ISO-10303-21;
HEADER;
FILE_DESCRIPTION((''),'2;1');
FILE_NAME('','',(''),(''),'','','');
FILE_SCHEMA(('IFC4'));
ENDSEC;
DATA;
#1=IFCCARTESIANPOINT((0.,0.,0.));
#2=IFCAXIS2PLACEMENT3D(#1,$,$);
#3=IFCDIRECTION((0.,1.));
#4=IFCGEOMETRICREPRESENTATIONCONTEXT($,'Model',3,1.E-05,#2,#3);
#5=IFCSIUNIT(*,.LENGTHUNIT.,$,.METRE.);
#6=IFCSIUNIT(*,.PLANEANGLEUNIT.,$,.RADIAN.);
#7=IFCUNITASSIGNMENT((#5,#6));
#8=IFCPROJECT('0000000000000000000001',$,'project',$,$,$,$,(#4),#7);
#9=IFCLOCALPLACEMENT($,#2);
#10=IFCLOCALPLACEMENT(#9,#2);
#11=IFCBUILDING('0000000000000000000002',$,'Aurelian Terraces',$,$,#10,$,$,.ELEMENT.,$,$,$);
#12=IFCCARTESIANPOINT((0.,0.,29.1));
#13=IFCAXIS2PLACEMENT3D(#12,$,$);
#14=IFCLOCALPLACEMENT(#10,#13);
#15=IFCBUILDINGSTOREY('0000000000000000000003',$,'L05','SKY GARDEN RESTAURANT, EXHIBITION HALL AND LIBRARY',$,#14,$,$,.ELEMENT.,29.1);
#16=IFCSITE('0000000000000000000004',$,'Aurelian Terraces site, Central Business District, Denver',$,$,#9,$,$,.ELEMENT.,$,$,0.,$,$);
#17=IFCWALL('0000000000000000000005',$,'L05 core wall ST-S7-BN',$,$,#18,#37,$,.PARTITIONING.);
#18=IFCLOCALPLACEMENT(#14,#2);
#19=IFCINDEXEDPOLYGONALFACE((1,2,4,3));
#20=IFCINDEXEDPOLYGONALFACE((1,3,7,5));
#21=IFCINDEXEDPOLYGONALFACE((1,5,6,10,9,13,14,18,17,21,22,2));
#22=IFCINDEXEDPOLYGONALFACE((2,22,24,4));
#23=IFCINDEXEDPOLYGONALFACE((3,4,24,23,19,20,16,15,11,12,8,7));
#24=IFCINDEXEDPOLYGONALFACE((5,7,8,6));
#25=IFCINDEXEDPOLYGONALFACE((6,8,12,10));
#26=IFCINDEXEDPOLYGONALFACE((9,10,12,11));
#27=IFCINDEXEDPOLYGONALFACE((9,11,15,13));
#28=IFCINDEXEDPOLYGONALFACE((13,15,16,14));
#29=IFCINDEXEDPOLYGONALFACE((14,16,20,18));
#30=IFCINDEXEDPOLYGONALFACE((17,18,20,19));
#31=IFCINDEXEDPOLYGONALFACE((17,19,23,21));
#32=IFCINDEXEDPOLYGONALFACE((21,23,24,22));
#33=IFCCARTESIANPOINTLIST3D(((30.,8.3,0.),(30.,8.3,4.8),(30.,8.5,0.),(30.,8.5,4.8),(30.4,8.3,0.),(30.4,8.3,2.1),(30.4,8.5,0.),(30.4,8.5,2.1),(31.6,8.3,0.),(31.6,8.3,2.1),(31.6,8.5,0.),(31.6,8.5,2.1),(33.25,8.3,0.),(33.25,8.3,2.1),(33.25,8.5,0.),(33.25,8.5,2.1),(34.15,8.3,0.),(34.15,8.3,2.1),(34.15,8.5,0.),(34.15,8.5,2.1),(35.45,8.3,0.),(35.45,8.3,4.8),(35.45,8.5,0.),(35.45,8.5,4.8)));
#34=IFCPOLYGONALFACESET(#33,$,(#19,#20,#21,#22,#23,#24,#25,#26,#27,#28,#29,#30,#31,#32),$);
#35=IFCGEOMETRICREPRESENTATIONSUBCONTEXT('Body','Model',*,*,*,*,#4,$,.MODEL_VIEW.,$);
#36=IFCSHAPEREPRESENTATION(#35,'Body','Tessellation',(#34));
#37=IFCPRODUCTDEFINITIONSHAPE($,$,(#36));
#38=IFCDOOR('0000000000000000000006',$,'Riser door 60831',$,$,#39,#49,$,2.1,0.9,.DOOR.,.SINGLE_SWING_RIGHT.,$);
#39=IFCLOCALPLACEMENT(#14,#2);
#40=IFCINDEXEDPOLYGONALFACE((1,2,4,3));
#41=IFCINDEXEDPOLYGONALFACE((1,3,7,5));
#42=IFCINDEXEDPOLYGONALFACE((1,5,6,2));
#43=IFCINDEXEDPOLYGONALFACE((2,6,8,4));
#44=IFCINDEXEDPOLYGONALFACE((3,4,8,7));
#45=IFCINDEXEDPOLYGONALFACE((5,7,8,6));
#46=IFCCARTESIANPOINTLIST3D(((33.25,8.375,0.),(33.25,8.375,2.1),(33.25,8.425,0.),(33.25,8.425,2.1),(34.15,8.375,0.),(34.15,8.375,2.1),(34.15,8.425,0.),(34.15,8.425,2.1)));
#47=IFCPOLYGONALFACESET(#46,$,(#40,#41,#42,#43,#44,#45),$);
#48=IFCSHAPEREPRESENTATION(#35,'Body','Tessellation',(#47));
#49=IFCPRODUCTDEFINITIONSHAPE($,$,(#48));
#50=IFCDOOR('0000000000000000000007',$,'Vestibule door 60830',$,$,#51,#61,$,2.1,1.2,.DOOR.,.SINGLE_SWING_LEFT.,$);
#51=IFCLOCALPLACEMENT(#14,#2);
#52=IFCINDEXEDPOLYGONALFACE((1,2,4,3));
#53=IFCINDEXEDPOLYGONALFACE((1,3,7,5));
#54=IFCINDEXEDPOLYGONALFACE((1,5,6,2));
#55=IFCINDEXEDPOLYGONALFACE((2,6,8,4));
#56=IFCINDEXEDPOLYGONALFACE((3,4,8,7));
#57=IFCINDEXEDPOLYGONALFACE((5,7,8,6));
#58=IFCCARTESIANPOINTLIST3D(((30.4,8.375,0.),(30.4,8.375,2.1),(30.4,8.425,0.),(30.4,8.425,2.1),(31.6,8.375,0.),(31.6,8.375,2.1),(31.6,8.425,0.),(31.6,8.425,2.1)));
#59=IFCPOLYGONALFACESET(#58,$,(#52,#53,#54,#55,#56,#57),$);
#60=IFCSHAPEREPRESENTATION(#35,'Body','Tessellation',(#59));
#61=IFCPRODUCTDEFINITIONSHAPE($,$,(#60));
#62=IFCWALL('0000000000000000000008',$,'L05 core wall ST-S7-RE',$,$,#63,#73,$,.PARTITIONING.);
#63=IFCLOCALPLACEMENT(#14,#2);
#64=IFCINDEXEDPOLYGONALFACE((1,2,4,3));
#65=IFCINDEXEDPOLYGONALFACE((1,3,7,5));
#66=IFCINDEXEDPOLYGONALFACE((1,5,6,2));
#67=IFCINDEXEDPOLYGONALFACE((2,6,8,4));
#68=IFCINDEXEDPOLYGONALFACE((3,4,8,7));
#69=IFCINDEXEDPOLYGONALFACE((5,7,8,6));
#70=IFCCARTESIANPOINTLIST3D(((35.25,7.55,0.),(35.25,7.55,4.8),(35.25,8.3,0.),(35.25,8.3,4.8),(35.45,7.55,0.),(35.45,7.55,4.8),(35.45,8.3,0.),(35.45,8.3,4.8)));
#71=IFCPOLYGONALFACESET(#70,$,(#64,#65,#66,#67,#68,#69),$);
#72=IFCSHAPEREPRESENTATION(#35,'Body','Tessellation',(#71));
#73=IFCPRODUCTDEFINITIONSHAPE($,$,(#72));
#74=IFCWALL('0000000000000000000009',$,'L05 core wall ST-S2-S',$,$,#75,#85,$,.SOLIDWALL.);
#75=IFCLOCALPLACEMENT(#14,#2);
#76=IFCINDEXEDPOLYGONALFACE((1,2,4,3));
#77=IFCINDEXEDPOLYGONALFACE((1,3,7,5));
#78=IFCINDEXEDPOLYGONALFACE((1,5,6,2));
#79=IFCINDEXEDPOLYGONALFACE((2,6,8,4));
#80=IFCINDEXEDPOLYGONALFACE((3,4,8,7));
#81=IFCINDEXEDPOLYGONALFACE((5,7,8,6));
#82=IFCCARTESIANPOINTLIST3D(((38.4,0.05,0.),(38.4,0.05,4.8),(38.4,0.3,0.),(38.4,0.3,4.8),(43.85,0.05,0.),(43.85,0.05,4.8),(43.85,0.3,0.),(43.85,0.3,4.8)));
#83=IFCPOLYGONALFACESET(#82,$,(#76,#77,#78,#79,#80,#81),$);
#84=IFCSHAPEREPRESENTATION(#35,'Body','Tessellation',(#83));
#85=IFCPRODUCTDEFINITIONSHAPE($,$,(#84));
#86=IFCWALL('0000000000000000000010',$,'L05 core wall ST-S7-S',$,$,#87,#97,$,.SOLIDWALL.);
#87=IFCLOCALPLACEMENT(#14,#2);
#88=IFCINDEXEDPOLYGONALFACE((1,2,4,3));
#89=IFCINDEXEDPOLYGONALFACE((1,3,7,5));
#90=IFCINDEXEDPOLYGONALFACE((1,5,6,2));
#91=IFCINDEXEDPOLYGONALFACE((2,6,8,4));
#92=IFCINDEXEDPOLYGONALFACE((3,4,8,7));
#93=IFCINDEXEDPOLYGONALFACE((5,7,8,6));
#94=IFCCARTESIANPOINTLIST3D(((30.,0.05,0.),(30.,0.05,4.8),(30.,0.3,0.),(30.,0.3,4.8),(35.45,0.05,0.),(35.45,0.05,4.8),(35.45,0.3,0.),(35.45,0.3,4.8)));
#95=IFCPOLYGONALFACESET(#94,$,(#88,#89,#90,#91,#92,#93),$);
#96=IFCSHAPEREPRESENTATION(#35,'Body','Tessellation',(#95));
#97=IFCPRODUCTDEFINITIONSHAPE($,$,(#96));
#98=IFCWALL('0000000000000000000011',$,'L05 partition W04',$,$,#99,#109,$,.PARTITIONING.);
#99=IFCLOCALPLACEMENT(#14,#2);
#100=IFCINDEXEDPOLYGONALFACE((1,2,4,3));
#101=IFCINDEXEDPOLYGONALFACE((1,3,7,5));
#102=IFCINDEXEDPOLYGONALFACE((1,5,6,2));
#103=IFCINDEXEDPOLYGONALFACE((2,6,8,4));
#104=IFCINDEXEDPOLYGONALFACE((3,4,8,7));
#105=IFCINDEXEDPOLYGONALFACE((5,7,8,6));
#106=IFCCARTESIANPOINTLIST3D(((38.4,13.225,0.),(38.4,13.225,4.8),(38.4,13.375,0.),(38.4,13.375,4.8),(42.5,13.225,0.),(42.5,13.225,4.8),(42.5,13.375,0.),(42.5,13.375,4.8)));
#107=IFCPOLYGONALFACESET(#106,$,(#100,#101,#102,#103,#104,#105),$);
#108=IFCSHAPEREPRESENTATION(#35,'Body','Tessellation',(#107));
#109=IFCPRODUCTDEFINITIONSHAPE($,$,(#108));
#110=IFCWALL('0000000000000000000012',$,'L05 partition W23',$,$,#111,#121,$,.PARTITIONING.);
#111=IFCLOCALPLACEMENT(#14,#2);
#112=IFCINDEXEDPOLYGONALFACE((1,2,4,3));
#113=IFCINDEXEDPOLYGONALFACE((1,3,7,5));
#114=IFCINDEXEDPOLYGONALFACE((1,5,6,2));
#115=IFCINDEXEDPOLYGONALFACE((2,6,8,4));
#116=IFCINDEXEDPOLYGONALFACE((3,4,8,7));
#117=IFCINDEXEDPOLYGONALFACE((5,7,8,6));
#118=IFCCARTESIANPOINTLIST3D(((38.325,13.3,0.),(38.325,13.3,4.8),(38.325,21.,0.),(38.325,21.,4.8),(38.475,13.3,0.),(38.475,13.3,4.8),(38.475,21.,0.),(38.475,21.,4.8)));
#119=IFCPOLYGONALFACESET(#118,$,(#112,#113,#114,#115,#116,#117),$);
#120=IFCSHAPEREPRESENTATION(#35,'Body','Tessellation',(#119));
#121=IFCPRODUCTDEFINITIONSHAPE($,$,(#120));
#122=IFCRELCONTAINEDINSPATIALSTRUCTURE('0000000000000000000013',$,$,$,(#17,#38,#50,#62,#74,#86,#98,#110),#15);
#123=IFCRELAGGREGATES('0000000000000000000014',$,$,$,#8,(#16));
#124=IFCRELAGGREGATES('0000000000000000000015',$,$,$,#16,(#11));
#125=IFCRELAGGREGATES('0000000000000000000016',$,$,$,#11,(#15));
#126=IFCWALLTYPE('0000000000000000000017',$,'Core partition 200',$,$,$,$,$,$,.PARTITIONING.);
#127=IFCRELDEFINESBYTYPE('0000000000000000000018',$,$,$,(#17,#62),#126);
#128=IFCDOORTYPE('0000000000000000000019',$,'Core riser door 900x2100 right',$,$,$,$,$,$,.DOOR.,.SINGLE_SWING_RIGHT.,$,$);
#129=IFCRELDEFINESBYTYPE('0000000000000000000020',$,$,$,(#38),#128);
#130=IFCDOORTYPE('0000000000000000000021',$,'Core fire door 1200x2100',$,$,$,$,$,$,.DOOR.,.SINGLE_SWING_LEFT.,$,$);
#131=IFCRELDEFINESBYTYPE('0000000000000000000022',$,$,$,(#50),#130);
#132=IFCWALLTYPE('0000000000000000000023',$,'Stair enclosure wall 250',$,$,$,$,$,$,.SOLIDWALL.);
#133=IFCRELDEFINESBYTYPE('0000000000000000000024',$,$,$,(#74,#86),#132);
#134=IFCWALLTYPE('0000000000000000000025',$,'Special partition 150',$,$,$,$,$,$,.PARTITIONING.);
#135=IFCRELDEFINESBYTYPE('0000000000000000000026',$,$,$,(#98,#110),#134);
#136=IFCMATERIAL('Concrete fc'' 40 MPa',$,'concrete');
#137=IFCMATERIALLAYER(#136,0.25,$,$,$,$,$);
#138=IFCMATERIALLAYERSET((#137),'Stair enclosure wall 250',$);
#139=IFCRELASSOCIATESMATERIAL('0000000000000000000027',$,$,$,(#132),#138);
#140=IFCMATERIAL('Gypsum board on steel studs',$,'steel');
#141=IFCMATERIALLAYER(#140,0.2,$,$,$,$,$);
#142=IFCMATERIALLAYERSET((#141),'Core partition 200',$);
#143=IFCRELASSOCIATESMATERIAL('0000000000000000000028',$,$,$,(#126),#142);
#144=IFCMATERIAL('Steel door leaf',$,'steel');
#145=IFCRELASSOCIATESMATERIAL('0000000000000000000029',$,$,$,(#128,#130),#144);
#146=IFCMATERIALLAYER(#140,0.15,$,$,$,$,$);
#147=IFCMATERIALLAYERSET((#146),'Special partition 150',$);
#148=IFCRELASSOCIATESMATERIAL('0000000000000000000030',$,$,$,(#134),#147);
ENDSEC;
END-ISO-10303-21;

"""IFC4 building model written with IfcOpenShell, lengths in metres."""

from ifc_helpers import new_model, si_unit, direction, frame, frame_2d, origin, place, context, subcontext, project, spatial, rectangle, extrude, source, transform, mapped, material, layer, layer_set, type_object, element, fill, save


model = new_model("IFC4")

# Units and contexts
model_context = context("Model", 3, precision=1e-05, world=origin(), true_north=direction((0.0, 1.0)))
body_context = subcontext(model_context, "Body", "Model", "MODEL_VIEW")
ifc_project = project(units=[si_unit("LENGTHUNIT", "METRE"), si_unit("PLANEANGLEUNIT", "RADIAN")], contexts=[model_context])

# Site, building, storey
site_placement = place(None, origin())
site = spatial("IfcSite", under=ifc_project, at=site_placement, Name="Aurelian Terraces site, Central Business District, Denver", CompositionType="ELEMENT", RefElevation=0.0)
building_placement = place(site_placement, origin())
building = spatial("IfcBuilding", under=site, at=building_placement, Name="Aurelian Terraces", CompositionType="ELEMENT")
storey_placement = place(building_placement, frame((0.0, 0.0, 29.1)))
storey = spatial("IfcBuildingStorey", under=building, at=storey_placement, Name="L05", Description="SKY GARDEN RESTAURANT, EXHIBITION HALL AND LIBRARY", CompositionType="ELEMENT", Elevation=29.1)

# Shared definitions
ifc_material_1 = material(Name="Concrete fc' 40 MPa", Category="concrete")
ifc_layer_1 = layer(ifc_material_1, 0.25)
ifc_layer_set_1 = layer_set([ifc_layer_1], Name="Stair enclosure wall 250")
wall_type_1 = type_object("IfcWallType", Name="Stair enclosure wall 250", PredefinedType="SOLIDWALL", material=ifc_layer_set_1)
ifc_material_2 = material(Name="Steel door leaf", Category="steel")

# Shared definitions
ifc_material_3 = material(Name="Gypsum board on steel studs", Category="steel")
ifc_layer_2 = layer(ifc_material_3, 0.2)
ifc_layer_set_2 = layer_set([ifc_layer_2], Name="Core partition 200")
wall_type_2 = type_object("IfcWallType", Name="Core partition 200", PredefinedType="PARTITIONING", material=ifc_layer_set_2)

# Wall, openings, doors
shared_shape_1 = source(origin(), body_context, "Body", "SweptSolid", [
    extrude(rectangle(XDim=5.45, YDim=0.2, at=frame_2d((2.725, 0.0))), origin(), (0.0, 0.0, 1.0), 4.8),
])
shared_shape_2 = source(origin(), body_context, "Body", "SweptSolid", [
    extrude(rectangle(XDim=1.2, YDim=2.1, at=frame_2d((0.6, 1.05))), frame((0.0, 0.11, 0.0), z_axis=(0.0, -1.0, 0.0), x_axis=(1.0, 0.0, 0.0)), (0.0, 0.0, 1.0), 0.22),
])
shared_shape_3 = source(origin(), body_context, "Body", "SweptSolid", [
    extrude(rectangle(XDim=0.9, YDim=2.1, at=frame_2d((0.45, 1.05))), frame((0.0, 0.11, 0.0), z_axis=(0.0, -1.0, 0.0), x_axis=(1.0, 0.0, 0.0)), (0.0, 0.0, 1.0), 0.22),
])
shared_shape_4 = source(origin(), body_context, "Body", "SweptSolid", [
    extrude(rectangle(XDim=0.9, YDim=2.1, at=frame_2d((0.45, 1.05))), frame((0.0, 0.025, 0.0), z_axis=(0.0, -1.0, 0.0), x_axis=(1.0, 0.0, 0.0)), (0.0, 0.0, 1.0), 0.05),
])
shared_shape_5 = source(origin(), body_context, "Body", "SweptSolid", [
    extrude(rectangle(XDim=1.2, YDim=2.1, at=frame_2d((0.6, 1.05))), frame((0.0, 0.025, 0.0), z_axis=(0.0, -1.0, 0.0), x_axis=(1.0, 0.0, 0.0)), (0.0, 0.0, 1.0), 0.05),
])
wall_1_placement = place(storey_placement, frame((30.0, 8.4, 0.0), z_axis=(0.0, 0.0, 1.0), x_axis=(1.0, 0.0, 0.0)))
wall_1 = element("IfcWall", 1, at=wall_1_placement, inside=storey, type_object=wall_type_2, Name="L05 core wall ST-S7-BN", PredefinedType="PARTITIONING", context=body_context, shape_type="MappedRepresentation", body=[
    mapped(shared_shape_1, transform((0.0, 0.0, 0.0), scale=1.0)),
])
opening_1_placement = place(wall_1_placement, frame((0.4, 0.0, 0.0)))
opening_1 = element("IfcOpeningElement", 2, at=opening_1_placement, cuts=wall_1, PredefinedType="OPENING", context=body_context, shape_type="MappedRepresentation", body=[
    mapped(shared_shape_2, transform((0.0, 0.0, 0.0), scale=1.0)),
])
opening_2_placement = place(wall_1_placement, frame((3.25, 0.0, 0.0)))
opening_2 = element("IfcOpeningElement", 3, at=opening_2_placement, cuts=wall_1, PredefinedType="OPENING", context=body_context, shape_type="MappedRepresentation", body=[
    mapped(shared_shape_3, transform((0.0, 0.0, 0.0), scale=1.0)),
])
door_type_1 = type_object("IfcDoorType", Name="Core riser door 900x2100 right", OperationType="SINGLE_SWING_RIGHT", PredefinedType="DOOR", material=ifc_material_2)
door_1_placement = place(opening_2_placement, origin())
door_1 = element("IfcDoor", 4, at=door_1_placement, inside=storey, type_object=door_type_1, Name="Riser door 60831", OperationType="SINGLE_SWING_RIGHT", OverallHeight=2.1, OverallWidth=0.9, PredefinedType="DOOR", context=body_context, shape_type="MappedRepresentation", body=[
    mapped(shared_shape_4, transform((0.0, 0.0, 0.0), scale=1.0)),
])
fill(opening_2, door_1)
door_type_2 = type_object("IfcDoorType", Name="Core fire door 1200x2100", OperationType="SINGLE_SWING_LEFT", PredefinedType="DOOR", material=ifc_material_2)
door_2_placement = place(opening_1_placement, origin())
door_2 = element("IfcDoor", 5, at=door_2_placement, inside=storey, type_object=door_type_2, Name="Vestibule door 60830", OperationType="SINGLE_SWING_LEFT", OverallHeight=2.1, OverallWidth=1.2, PredefinedType="DOOR", context=body_context, shape_type="MappedRepresentation", body=[
    mapped(shared_shape_5, transform((0.0, 0.0, 0.0), scale=1.0)),
])
fill(opening_1, door_2)

# Walls
shared_shape_6 = source(origin(), body_context, "Body", "SweptSolid", [
    extrude(rectangle(XDim=0.75, YDim=0.2, at=frame_2d((0.375, 0.0))), origin(), (0.0, 0.0, 1.0), 4.8),
])
wall_2_placement = place(storey_placement, frame((35.35, 7.55, 0.0), z_axis=(0.0, 0.0, 1.0), x_axis=(0.0, 1.0, 0.0)))
element("IfcWall", 6, at=wall_2_placement, inside=storey, type_object=wall_type_2, Name="L05 core wall ST-S7-RE", PredefinedType="PARTITIONING", context=body_context, shape_type="MappedRepresentation", body=[
    mapped(shared_shape_6, transform((0.0, 0.0, 0.0), scale=1.0)),
])
shared_shape_7 = source(origin(), body_context, "Body", "SweptSolid", [
    extrude(rectangle(XDim=5.45, YDim=0.25, at=frame_2d((2.725, 0.0))), origin(), (0.0, 0.0, 1.0), 4.8),
])
for number, where, z_axis, x_axis, name in (
    (7, (38.4, 0.175, 0.0), (0.0, 0.0, 1.0), (1.0, 0.0, 0.0), "L05 core wall ST-S2-S"),
    (8, (30.0, 0.175, 0.0), (0.0, 0.0, 1.0), (1.0, 0.0, 0.0), "L05 core wall ST-S7-S"),
):
    element("IfcWall", number, at=place(storey_placement, frame(where, z_axis=z_axis, x_axis=x_axis)), inside=storey, type_object=wall_type_1, Name=name, PredefinedType="SOLIDWALL", context=body_context, shape_type="MappedRepresentation", body=[
        mapped(shared_shape_7, transform((0.0, 0.0, 0.0), scale=1.0)),
    ])
ifc_layer_3 = layer(ifc_material_3, 0.15)
ifc_layer_set_3 = layer_set([ifc_layer_3], Name="Special partition 150")
wall_type_3 = type_object("IfcWallType", Name="Special partition 150", PredefinedType="PARTITIONING", material=ifc_layer_set_3)
shared_shape_8 = source(origin(), body_context, "Body", "SweptSolid", [
    extrude(rectangle(XDim=4.1, YDim=0.15, at=frame_2d((2.05, 0.0))), origin(), (0.0, 0.0, 1.0), 4.8),
])
wall_3_placement = place(storey_placement, frame((38.4, 13.3, 0.0), z_axis=(0.0, 0.0, 1.0), x_axis=(1.0, 0.0, 0.0)))
element("IfcWall", 9, at=wall_3_placement, inside=storey, type_object=wall_type_3, Name="L05 partition W04", PredefinedType="PARTITIONING", context=body_context, shape_type="MappedRepresentation", body=[
    mapped(shared_shape_8, transform((0.0, 0.0, 0.0), scale=1.0)),
])
shared_shape_9 = source(origin(), body_context, "Body", "SweptSolid", [
    extrude(rectangle(XDim=7.7, YDim=0.15, at=frame_2d((3.85, 0.0))), origin(), (0.0, 0.0, 1.0), 4.8),
])
wall_4_placement = place(storey_placement, frame((38.4, 13.3, 0.0), z_axis=(0.0, 0.0, 1.0), x_axis=(0.0, 1.0, 0.0)))
element("IfcWall", 10, at=wall_4_placement, inside=storey, type_object=wall_type_3, Name="L05 partition W23", PredefinedType="PARTITIONING", context=body_context, shape_type="MappedRepresentation", body=[
    mapped(shared_shape_9, transform((0.0, 0.0, 0.0), scale=1.0)),
])

save(model, "model.ifc")
